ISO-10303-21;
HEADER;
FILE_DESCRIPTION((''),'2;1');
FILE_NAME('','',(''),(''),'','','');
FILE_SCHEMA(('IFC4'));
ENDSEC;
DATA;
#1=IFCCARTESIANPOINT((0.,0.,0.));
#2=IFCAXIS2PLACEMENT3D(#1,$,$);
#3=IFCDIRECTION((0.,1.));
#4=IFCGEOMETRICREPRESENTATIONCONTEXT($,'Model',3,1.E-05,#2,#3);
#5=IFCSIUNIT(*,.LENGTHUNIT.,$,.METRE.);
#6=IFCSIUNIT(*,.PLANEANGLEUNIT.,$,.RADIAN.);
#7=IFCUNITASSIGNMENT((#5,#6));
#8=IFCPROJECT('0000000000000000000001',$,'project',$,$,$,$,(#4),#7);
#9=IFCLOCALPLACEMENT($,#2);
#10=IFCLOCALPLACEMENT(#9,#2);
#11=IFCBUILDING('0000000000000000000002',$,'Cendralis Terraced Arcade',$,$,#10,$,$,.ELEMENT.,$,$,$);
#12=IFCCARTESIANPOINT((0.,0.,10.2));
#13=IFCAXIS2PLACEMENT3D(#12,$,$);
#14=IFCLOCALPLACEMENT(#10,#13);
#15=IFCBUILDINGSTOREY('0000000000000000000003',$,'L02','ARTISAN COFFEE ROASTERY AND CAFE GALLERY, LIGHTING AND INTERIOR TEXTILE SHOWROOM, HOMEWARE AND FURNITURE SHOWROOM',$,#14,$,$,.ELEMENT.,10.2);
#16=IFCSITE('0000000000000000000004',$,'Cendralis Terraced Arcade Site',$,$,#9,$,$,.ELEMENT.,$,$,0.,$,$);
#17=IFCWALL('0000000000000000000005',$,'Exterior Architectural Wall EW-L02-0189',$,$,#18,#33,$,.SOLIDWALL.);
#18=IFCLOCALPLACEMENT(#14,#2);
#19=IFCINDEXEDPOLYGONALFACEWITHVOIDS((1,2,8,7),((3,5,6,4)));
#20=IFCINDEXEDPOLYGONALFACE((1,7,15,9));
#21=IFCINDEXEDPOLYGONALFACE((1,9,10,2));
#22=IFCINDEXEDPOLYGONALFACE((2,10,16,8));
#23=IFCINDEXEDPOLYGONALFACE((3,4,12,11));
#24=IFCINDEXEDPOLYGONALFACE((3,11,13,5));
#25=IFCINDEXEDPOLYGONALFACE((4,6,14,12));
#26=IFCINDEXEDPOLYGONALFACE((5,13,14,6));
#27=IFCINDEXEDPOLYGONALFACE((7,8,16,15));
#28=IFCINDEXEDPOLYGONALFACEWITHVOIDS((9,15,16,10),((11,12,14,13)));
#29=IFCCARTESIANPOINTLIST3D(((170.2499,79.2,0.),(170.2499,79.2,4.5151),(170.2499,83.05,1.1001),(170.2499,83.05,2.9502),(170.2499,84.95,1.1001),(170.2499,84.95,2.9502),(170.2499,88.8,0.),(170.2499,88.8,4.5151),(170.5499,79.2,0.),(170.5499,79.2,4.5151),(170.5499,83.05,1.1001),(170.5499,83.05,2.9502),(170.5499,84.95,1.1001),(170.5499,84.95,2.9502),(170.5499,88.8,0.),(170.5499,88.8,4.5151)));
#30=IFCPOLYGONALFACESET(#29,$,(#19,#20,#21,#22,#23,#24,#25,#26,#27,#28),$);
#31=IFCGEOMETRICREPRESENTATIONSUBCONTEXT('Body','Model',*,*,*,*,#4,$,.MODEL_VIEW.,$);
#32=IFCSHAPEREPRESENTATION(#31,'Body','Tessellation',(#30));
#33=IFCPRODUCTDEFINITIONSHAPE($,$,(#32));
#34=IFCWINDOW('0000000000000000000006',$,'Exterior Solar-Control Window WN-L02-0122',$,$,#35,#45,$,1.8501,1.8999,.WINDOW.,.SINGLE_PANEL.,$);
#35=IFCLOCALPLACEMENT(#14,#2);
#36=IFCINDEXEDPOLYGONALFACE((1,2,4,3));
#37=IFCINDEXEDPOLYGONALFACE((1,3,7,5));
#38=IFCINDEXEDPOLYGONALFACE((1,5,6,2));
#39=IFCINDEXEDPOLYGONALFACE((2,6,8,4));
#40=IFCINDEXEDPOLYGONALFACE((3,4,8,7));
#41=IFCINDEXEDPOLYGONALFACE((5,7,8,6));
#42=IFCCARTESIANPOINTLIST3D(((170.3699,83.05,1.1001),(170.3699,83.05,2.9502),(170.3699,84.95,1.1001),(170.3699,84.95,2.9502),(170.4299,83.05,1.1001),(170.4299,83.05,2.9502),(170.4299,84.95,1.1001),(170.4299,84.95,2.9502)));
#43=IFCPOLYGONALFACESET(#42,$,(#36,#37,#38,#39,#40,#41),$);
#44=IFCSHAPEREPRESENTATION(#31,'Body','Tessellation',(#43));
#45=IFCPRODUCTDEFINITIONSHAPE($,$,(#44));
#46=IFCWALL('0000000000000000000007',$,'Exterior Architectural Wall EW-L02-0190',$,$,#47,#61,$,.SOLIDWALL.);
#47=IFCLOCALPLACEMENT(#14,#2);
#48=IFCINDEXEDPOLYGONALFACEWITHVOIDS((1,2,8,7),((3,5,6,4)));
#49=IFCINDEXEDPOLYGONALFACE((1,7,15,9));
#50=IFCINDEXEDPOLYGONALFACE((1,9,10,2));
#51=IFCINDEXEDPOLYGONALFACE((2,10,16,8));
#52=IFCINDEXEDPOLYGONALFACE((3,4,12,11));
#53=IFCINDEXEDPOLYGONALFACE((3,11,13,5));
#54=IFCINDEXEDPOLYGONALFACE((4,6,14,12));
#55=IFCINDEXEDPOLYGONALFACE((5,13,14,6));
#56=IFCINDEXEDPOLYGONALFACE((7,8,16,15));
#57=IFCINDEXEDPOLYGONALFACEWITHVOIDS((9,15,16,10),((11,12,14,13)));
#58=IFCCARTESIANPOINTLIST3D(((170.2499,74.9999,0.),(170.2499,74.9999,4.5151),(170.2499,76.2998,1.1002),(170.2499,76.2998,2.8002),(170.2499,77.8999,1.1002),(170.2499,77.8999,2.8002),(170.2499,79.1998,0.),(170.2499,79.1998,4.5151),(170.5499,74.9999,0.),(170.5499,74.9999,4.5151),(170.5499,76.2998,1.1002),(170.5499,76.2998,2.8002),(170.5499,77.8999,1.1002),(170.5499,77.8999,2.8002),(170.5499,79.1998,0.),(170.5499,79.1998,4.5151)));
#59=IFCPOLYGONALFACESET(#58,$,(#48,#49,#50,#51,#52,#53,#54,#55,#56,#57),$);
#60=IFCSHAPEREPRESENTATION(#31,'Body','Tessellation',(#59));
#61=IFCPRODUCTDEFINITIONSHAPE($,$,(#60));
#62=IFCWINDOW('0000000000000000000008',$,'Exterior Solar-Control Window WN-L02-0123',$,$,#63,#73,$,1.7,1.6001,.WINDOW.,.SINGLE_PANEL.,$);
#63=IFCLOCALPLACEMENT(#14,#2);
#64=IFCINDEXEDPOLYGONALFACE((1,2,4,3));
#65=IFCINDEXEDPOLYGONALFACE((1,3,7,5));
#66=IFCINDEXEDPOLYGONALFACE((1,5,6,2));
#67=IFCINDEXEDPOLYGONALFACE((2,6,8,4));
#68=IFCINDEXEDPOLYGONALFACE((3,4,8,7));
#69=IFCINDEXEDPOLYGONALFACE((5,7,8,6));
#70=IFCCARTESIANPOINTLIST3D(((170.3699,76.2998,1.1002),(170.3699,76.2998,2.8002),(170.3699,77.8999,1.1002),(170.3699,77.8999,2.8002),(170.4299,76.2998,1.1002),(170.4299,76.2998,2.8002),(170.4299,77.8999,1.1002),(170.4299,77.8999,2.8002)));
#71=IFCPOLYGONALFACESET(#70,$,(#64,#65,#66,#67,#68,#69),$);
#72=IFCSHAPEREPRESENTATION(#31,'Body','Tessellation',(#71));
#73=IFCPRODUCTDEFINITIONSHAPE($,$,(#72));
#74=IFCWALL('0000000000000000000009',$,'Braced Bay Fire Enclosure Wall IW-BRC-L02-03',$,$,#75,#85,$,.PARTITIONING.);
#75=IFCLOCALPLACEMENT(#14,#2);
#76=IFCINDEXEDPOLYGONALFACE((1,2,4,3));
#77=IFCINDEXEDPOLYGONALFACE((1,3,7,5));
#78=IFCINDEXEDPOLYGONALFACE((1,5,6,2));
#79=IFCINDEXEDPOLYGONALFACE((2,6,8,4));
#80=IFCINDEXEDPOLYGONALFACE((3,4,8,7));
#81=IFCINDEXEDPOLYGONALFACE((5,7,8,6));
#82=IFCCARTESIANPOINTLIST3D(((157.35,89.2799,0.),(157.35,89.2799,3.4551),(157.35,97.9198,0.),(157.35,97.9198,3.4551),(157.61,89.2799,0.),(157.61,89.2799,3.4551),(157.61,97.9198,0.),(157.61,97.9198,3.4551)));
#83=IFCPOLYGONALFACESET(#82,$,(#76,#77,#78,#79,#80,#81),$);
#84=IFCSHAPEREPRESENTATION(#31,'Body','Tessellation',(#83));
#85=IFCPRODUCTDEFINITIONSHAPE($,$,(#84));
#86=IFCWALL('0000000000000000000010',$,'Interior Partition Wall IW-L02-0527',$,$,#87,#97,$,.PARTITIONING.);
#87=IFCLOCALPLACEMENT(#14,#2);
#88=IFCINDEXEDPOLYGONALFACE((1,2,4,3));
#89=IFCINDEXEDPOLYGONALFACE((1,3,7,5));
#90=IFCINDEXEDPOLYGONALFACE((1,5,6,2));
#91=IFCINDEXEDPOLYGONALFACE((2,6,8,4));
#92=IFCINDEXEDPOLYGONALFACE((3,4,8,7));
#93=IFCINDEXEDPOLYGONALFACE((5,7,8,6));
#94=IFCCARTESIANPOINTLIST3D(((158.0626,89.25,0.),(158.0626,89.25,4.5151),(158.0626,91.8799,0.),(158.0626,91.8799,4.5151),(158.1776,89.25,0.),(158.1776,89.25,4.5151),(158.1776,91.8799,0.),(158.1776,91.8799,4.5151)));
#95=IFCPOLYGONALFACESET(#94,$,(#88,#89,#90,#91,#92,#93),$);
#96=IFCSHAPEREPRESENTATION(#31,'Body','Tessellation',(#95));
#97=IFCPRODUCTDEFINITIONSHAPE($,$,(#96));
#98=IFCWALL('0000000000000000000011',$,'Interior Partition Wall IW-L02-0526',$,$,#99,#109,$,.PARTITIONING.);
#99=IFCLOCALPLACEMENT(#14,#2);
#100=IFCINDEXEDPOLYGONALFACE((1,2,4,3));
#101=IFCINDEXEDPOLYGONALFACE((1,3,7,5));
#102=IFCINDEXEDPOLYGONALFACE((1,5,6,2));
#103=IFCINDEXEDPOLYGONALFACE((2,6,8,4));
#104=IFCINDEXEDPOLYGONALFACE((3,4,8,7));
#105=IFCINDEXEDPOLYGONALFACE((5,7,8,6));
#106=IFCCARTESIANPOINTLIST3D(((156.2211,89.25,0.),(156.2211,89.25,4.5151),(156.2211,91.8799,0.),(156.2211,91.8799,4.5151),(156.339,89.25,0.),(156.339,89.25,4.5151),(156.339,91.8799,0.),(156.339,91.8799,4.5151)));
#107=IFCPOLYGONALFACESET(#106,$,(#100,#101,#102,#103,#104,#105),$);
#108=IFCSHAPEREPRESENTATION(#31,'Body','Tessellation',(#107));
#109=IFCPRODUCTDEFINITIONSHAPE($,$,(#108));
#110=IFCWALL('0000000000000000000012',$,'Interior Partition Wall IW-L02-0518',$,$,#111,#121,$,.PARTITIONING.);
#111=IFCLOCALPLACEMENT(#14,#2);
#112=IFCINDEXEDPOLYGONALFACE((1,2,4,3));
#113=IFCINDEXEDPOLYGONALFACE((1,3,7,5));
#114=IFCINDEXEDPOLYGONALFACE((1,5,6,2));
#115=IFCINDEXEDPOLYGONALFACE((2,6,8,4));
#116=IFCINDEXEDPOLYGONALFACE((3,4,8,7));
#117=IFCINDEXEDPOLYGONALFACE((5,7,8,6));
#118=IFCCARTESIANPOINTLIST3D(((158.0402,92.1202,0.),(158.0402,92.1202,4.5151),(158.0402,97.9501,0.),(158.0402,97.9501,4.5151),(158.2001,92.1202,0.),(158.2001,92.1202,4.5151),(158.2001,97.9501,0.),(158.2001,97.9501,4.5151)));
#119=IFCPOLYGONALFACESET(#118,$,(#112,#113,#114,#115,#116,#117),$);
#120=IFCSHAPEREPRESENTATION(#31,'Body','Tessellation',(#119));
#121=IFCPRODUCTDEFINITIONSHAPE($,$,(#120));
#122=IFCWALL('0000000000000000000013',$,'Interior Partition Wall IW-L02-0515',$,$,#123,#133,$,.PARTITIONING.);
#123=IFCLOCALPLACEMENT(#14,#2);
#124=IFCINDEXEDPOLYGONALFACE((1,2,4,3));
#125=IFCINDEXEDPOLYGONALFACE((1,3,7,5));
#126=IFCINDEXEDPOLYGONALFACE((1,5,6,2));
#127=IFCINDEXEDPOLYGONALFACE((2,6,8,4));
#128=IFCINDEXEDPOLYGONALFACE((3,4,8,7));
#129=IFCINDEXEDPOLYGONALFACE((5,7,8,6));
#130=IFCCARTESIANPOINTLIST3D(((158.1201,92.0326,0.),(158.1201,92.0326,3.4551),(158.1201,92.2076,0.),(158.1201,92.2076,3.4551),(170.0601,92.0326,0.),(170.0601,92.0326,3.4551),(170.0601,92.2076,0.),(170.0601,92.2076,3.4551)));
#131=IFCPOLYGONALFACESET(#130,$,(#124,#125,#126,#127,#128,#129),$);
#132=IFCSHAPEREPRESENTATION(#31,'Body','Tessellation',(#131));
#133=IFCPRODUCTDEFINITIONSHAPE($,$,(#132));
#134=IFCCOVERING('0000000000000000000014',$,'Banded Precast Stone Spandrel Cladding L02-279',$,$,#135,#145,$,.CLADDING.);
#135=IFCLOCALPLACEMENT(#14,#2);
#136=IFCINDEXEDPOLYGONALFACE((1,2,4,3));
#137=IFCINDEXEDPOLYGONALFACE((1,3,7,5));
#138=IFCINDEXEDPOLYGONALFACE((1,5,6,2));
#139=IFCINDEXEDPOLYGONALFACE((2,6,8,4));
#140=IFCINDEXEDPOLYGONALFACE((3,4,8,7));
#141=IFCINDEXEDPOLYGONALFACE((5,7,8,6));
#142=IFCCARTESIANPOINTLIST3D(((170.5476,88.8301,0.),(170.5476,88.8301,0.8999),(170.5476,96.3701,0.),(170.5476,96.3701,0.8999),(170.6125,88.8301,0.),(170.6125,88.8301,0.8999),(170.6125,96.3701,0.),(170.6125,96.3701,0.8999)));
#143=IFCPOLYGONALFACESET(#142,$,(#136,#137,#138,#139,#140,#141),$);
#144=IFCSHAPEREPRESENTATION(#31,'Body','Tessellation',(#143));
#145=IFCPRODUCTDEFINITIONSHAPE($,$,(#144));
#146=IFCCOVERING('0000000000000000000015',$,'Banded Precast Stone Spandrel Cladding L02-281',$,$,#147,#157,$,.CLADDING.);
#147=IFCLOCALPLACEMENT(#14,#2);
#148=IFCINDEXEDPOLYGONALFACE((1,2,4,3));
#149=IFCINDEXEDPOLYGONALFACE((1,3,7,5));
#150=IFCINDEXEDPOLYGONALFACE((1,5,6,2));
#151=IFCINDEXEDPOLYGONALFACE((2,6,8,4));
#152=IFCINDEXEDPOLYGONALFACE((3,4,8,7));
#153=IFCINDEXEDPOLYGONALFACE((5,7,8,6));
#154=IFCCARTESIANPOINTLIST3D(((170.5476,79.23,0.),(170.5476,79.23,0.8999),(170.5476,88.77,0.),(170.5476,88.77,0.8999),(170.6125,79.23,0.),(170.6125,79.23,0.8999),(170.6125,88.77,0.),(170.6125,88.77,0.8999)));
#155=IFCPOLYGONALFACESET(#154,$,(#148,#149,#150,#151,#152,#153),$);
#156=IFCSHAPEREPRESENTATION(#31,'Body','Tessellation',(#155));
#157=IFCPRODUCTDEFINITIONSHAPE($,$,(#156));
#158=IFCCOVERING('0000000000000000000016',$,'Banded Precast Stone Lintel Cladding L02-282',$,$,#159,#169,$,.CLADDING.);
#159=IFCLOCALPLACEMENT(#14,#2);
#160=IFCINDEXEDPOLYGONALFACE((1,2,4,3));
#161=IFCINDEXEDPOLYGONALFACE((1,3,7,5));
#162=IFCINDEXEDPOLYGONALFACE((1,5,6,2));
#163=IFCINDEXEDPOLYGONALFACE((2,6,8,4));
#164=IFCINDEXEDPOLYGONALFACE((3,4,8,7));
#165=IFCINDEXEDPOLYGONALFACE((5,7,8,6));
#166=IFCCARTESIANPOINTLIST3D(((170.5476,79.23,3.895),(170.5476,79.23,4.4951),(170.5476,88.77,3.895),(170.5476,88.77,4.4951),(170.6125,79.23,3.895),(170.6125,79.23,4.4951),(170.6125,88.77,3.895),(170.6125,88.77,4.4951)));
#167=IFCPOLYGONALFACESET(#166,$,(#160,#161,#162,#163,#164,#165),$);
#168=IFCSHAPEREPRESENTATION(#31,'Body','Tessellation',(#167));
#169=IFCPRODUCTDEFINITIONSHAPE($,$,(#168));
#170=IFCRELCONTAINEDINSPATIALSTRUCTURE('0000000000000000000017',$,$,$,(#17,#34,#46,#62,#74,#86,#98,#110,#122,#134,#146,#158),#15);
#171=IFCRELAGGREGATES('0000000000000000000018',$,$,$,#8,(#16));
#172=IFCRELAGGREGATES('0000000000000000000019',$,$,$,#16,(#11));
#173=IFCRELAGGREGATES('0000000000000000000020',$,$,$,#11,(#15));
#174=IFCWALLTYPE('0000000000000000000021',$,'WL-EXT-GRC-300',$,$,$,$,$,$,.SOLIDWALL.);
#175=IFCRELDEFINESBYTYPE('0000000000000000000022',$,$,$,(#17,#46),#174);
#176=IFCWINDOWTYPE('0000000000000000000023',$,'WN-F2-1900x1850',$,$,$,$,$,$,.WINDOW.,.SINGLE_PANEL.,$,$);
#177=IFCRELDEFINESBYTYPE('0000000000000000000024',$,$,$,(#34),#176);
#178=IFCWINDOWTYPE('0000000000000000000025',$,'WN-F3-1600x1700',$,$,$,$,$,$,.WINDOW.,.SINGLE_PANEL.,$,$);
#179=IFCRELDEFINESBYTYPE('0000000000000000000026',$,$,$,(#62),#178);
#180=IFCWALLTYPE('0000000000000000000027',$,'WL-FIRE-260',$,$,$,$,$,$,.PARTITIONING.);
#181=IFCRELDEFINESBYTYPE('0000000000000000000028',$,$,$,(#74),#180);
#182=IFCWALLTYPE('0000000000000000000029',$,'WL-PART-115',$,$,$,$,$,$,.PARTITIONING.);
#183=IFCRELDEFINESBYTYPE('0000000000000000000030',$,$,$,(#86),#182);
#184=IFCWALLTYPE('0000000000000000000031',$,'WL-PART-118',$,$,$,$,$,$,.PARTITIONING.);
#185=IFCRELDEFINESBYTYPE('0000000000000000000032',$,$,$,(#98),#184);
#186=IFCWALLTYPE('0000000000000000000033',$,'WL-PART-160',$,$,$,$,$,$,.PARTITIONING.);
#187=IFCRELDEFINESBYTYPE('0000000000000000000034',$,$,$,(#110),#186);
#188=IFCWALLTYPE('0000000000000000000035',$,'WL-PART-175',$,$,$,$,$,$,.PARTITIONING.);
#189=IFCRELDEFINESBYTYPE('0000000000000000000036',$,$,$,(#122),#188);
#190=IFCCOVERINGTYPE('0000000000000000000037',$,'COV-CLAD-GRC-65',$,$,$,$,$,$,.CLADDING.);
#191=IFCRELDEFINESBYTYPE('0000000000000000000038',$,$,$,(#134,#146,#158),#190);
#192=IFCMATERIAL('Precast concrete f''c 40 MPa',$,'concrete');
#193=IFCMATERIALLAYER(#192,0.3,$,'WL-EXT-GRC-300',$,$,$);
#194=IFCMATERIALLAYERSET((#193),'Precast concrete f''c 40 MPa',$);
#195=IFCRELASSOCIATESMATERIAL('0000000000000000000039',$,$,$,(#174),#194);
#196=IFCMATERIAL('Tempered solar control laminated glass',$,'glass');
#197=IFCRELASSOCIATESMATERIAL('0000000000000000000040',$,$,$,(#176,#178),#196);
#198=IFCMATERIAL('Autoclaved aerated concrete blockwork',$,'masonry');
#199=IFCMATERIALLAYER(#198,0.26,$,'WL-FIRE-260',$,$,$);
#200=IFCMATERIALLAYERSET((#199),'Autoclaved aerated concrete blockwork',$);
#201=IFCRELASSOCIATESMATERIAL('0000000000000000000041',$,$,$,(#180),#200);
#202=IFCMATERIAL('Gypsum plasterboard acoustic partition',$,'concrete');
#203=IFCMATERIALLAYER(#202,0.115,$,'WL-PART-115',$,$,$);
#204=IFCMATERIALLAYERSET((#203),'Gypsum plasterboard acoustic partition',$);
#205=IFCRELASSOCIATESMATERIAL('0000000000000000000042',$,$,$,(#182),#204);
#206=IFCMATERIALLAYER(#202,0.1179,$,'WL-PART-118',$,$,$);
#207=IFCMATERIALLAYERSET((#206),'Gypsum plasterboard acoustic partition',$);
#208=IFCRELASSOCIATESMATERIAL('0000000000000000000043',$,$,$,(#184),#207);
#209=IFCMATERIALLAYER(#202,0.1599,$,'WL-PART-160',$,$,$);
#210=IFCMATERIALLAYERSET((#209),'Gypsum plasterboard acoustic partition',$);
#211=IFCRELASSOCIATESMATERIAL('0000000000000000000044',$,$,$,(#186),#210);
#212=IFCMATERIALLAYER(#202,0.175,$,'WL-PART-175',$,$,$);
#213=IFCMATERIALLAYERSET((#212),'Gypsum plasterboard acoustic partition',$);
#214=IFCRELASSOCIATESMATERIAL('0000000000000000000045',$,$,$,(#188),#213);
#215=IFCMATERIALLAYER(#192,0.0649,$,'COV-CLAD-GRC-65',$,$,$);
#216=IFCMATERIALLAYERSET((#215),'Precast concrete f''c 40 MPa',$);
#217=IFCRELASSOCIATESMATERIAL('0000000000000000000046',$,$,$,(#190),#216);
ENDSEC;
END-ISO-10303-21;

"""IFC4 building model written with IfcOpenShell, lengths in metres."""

from ifc_helpers import new_model, si_unit, direction, frame, frame_2d, origin, origin_2d, place, context, subcontext, project, spatial, rectangle, extrude, material, layer, layer_set, type_object, element, fill, save


model = new_model("IFC4")

# Units and contexts
model_context = context("Model", 3, precision=1e-05, world=origin(), true_north=direction((0.0, 1.0)))
body_context = subcontext(model_context, "Body", "Model", "MODEL_VIEW")
ifc_project = project(units=[si_unit("LENGTHUNIT", "METRE"), si_unit("PLANEANGLEUNIT", "RADIAN")], contexts=[model_context])

# Site, building, storey
site_placement = place(None, origin())
site = spatial("IfcSite", under=ifc_project, at=site_placement, Name="Cendralis Terraced Arcade Site", CompositionType="ELEMENT", RefElevation=0.0)
building_placement = place(site_placement, origin())
building = spatial("IfcBuilding", under=site, at=building_placement, Name="Cendralis Terraced Arcade", CompositionType="ELEMENT")
storey_placement = place(building_placement, frame((0.0, 0.0, 10.2)))
storey = spatial("IfcBuildingStorey", under=building, at=storey_placement, Name="L02", Description="ARTISAN COFFEE ROASTERY AND CAFE GALLERY, LIGHTING AND INTERIOR TEXTILE SHOWROOM, HOMEWARE AND FURNITURE SHOWROOM", CompositionType="ELEMENT", Elevation=10.2)

# Walls, openings, windows
ifc_material_1 = material(Name="Precast concrete f'c 40 MPa", Category="concrete")
ifc_layer_1 = layer(ifc_material_1, 0.3, Name="WL-EXT-GRC-300")
ifc_layer_set_1 = layer_set([ifc_layer_1], Name="Precast concrete f'c 40 MPa")
wall_type_1 = type_object("IfcWallType", Name="WL-EXT-GRC-300", PredefinedType="SOLIDWALL", material=ifc_layer_set_1)
wall_1_placement = place(storey_placement, frame((170.3999, 88.8, 0.0), z_axis=(0.0, 0.0, 1.0), x_axis=(0.0, -1.0, 0.0)))
wall_1 = element("IfcWall", 1, at=wall_1_placement, inside=storey, type_object=wall_type_1, Name="Exterior Architectural Wall EW-L02-0189", PredefinedType="SOLIDWALL", context=body_context, shape_type="SweptSolid", body=[
    extrude(rectangle(XDim=9.6001, YDim=0.3, at=frame_2d((4.8, 0.0))), origin(), (0.0, 0.0, 1.0), 4.5151),
])
opening_1_placement = place(wall_1_placement, frame((3.8501, 0.0, 1.1001)))
opening_1 = element("IfcOpeningElement", 2, at=opening_1_placement, cuts=wall_1, PredefinedType="OPENING", context=body_context, shape_type="SweptSolid", body=[
    extrude(rectangle(XDim=1.8999, YDim=1.8501, at=frame_2d((0.95, 0.925))), frame((0.0, 0.1621, 0.0), z_axis=(0.0, -1.0, 0.0), x_axis=(1.0, 0.0, 0.0)), (0.0, 0.0, 1.0), 0.324),
])
ifc_material_2 = material(Name="Tempered solar control laminated glass", Category="glass")
window_type_1 = type_object("IfcWindowType", Name="WN-F2-1900x1850", PartitioningType="SINGLE_PANEL", PredefinedType="WINDOW", material=ifc_material_2)
window_1_placement = place(opening_1_placement, origin())
window_1 = element("IfcWindow", 3, at=window_1_placement, inside=storey, type_object=window_type_1, Name="Exterior Solar-Control Window WN-L02-0122", OverallHeight=1.8501, OverallWidth=1.8999, PartitioningType="SINGLE_PANEL", PredefinedType="WINDOW", context=body_context, shape_type="SweptSolid", body=[
    extrude(rectangle(XDim=1.8999, YDim=1.8501, at=frame_2d((0.95, 0.925))), frame((0.0, 0.03, 0.0), z_axis=(0.0, -1.0, 0.0), x_axis=(1.0, 0.0, 0.0)), (0.0, 0.0, 1.0), 0.0601),
])
fill(opening_1, window_1)
wall_2_placement = place(storey_placement, frame((170.3999, 79.2, 0.0), z_axis=(0.0, 0.0, 1.0), x_axis=(0.0, -1.0, 0.0)))
wall_2 = element("IfcWall", 4, at=wall_2_placement, inside=storey, type_object=wall_type_1, Name="Exterior Architectural Wall EW-L02-0190", PredefinedType="SOLIDWALL", context=body_context, shape_type="SweptSolid", body=[
    extrude(rectangle(XDim=4.2, YDim=0.3, at=frame_2d((2.1001, 0.0))), origin(), (0.0, 0.0, 1.0), 4.5151),
])
opening_2_placement = place(wall_2_placement, frame((1.3, 0.0, 1.1001)))
opening_2 = element("IfcOpeningElement", 5, at=opening_2_placement, cuts=wall_2, PredefinedType="OPENING", context=body_context, shape_type="SweptSolid", body=[
    extrude(rectangle(XDim=1.6001, YDim=1.7, at=frame_2d((0.8, 0.8501))), frame((0.0, 0.1621, 0.0), z_axis=(0.0, -1.0, 0.0), x_axis=(1.0, 0.0, 0.0)), (0.0, 0.0, 1.0), 0.324),
])
window_type_2 = type_object("IfcWindowType", Name="WN-F3-1600x1700", PartitioningType="SINGLE_PANEL", PredefinedType="WINDOW", material=ifc_material_2)
window_2_placement = place(opening_2_placement, origin())
window_2 = element("IfcWindow", 6, at=window_2_placement, inside=storey, type_object=window_type_2, Name="Exterior Solar-Control Window WN-L02-0123", OverallHeight=1.7, OverallWidth=1.6001, PartitioningType="SINGLE_PANEL", PredefinedType="WINDOW", context=body_context, shape_type="SweptSolid", body=[
    extrude(rectangle(XDim=1.6001, YDim=1.7, at=frame_2d((0.8, 0.8501))), frame((0.0, 0.03, 0.0), z_axis=(0.0, -1.0, 0.0), x_axis=(1.0, 0.0, 0.0)), (0.0, 0.0, 1.0), 0.0601),
])
fill(opening_2, window_2)

# Walls
ifc_material_3 = material(Name="Autoclaved aerated concrete blockwork", Category="masonry")
ifc_layer_2 = layer(ifc_material_3, 0.26, Name="WL-FIRE-260")
ifc_layer_set_2 = layer_set([ifc_layer_2], Name="Autoclaved aerated concrete blockwork")
wall_type_2 = type_object("IfcWallType", Name="WL-FIRE-260", PredefinedType="PARTITIONING", material=ifc_layer_set_2)
wall_3_placement = place(storey_placement, frame((157.48, 89.28, 0.0), z_axis=(0.0, 0.0, 1.0), x_axis=(0.0, 1.0, 0.0)))
element("IfcWall", 7, at=wall_3_placement, inside=storey, type_object=wall_type_2, Name="Braced Bay Fire Enclosure Wall IW-BRC-L02-03", PredefinedType="PARTITIONING", context=body_context, shape_type="SweptSolid", body=[
    extrude(rectangle(XDim=8.6399, YDim=0.26, at=frame_2d((4.3198, 0.0))), origin(), (0.0, 0.0, 1.0), 3.4551),
])
ifc_material_4 = material(Name="Gypsum plasterboard acoustic partition", Category="concrete")
ifc_layer_3 = layer(ifc_material_4, 0.115, Name="WL-PART-115")
ifc_layer_set_3 = layer_set([ifc_layer_3], Name="Gypsum plasterboard acoustic partition")
wall_type_3 = type_object("IfcWallType", Name="WL-PART-115", PredefinedType="PARTITIONING", material=ifc_layer_set_3)
wall_4_placement = place(storey_placement, frame((158.1201, 89.25, 0.0), z_axis=(0.0, 0.0, 1.0), x_axis=(0.0, 1.0, 0.0)))
element("IfcWall", 8, at=wall_4_placement, inside=storey, type_object=wall_type_3, Name="Interior Partition Wall IW-L02-0527", PredefinedType="PARTITIONING", context=body_context, shape_type="SweptSolid", body=[
    extrude(rectangle(XDim=2.6299, YDim=0.115, at=frame_2d((1.3149, 0.0))), origin(), (0.0, 0.0, 1.0), 4.5151),
])
ifc_layer_4 = layer(ifc_material_4, 0.1179, Name="WL-PART-118")
ifc_layer_set_4 = layer_set([ifc_layer_4], Name="Gypsum plasterboard acoustic partition")
wall_type_4 = type_object("IfcWallType", Name="WL-PART-118", PredefinedType="PARTITIONING", material=ifc_layer_set_4)
wall_5_placement = place(storey_placement, frame((156.28, 91.8799, 0.0), z_axis=(0.0, 0.0, 1.0), x_axis=(0.0, -1.0, 0.0)))
element("IfcWall", 9, at=wall_5_placement, inside=storey, type_object=wall_type_4, Name="Interior Partition Wall IW-L02-0526", PredefinedType="PARTITIONING", context=body_context, shape_type="SweptSolid", body=[
    extrude(rectangle(XDim=2.6299, YDim=0.1179, at=frame_2d((1.3149, 0.0))), origin(), (0.0, 0.0, 1.0), 4.5151),
])
ifc_layer_5 = layer(ifc_material_4, 0.1599, Name="WL-PART-160")
ifc_layer_set_5 = layer_set([ifc_layer_5], Name="Gypsum plasterboard acoustic partition")
wall_type_5 = type_object("IfcWallType", Name="WL-PART-160", PredefinedType="PARTITIONING", material=ifc_layer_set_5)
wall_6_placement = place(storey_placement, frame((158.1201, 92.1201, 0.0), z_axis=(0.0, 0.0, 1.0), x_axis=(0.0, 1.0, 0.0)))
element("IfcWall", 10, at=wall_6_placement, inside=storey, type_object=wall_type_5, Name="Interior Partition Wall IW-L02-0518", PredefinedType="PARTITIONING", context=body_context, shape_type="SweptSolid", body=[
    extrude(rectangle(XDim=5.8298, YDim=0.1599, at=frame_2d((2.915, 0.0))), origin(), (0.0, 0.0, 1.0), 4.5151),
])
ifc_layer_6 = layer(ifc_material_4, 0.175, Name="WL-PART-175")
ifc_layer_set_6 = layer_set([ifc_layer_6], Name="Gypsum plasterboard acoustic partition")
wall_type_6 = type_object("IfcWallType", Name="WL-PART-175", PredefinedType="PARTITIONING", material=ifc_layer_set_6)
wall_7_placement = place(storey_placement, frame((170.0601, 92.1201, 0.0), z_axis=(0.0, 0.0, 1.0), x_axis=(-1.0, 0.0, 0.0)))
element("IfcWall", 11, at=wall_7_placement, inside=storey, type_object=wall_type_6, Name="Interior Partition Wall IW-L02-0515", PredefinedType="PARTITIONING", context=body_context, shape_type="SweptSolid", body=[
    extrude(rectangle(XDim=11.9399, YDim=0.175, at=frame_2d((5.97, 0.0))), origin(), (0.0, 0.0, 1.0), 3.4551),
])

# Coverings
ifc_layer_7 = layer(ifc_material_1, 0.0649, Name="COV-CLAD-GRC-65")
ifc_layer_set_7 = layer_set([ifc_layer_7], Name="Precast concrete f'c 40 MPa")
covering_type = type_object("IfcCoveringType", Name="COV-CLAD-GRC-65", PredefinedType="CLADDING", material=ifc_layer_set_7)
covering_1_placement = place(storey_placement, frame((170.5801, 92.6001, 0.0), z_axis=(0.0, 0.0, 1.0), x_axis=(0.0, -1.0, 0.0)))
element("IfcCovering", 12, at=covering_1_placement, inside=storey, type_object=covering_type, Name="Banded Precast Stone Spandrel Cladding L02-279", PredefinedType="CLADDING", context=body_context, shape_type="SweptSolid", body=[
    extrude(rectangle(XDim=7.54, YDim=0.0649, at=origin_2d()), origin(), (0.0, 0.0, 1.0), 0.8999),
])
covering_2_placement = place(storey_placement, frame((170.5801, 84.0, 0.0), z_axis=(0.0, 0.0, 1.0), x_axis=(0.0, -1.0, 0.0)))
element("IfcCovering", 13, at=covering_2_placement, inside=storey, type_object=covering_type, Name="Banded Precast Stone Spandrel Cladding L02-281", PredefinedType="CLADDING", context=body_context, shape_type="SweptSolid", body=[
    extrude(rectangle(XDim=9.54, YDim=0.0649, at=origin_2d()), origin(), (0.0, 0.0, 1.0), 0.8999),
])
covering_3_placement = place(storey_placement, frame((170.5801, 84.0, 3.895), z_axis=(0.0, 0.0, 1.0), x_axis=(0.0, -1.0, 0.0)))
element("IfcCovering", 14, at=covering_3_placement, inside=storey, type_object=covering_type, Name="Banded Precast Stone Lintel Cladding L02-282", PredefinedType="CLADDING", context=body_context, shape_type="SweptSolid", body=[
    extrude(rectangle(XDim=9.54, YDim=0.0649, at=origin_2d()), origin(), (0.0, 0.0, 1.0), 0.6001),
])

save(model, "model.ifc")
